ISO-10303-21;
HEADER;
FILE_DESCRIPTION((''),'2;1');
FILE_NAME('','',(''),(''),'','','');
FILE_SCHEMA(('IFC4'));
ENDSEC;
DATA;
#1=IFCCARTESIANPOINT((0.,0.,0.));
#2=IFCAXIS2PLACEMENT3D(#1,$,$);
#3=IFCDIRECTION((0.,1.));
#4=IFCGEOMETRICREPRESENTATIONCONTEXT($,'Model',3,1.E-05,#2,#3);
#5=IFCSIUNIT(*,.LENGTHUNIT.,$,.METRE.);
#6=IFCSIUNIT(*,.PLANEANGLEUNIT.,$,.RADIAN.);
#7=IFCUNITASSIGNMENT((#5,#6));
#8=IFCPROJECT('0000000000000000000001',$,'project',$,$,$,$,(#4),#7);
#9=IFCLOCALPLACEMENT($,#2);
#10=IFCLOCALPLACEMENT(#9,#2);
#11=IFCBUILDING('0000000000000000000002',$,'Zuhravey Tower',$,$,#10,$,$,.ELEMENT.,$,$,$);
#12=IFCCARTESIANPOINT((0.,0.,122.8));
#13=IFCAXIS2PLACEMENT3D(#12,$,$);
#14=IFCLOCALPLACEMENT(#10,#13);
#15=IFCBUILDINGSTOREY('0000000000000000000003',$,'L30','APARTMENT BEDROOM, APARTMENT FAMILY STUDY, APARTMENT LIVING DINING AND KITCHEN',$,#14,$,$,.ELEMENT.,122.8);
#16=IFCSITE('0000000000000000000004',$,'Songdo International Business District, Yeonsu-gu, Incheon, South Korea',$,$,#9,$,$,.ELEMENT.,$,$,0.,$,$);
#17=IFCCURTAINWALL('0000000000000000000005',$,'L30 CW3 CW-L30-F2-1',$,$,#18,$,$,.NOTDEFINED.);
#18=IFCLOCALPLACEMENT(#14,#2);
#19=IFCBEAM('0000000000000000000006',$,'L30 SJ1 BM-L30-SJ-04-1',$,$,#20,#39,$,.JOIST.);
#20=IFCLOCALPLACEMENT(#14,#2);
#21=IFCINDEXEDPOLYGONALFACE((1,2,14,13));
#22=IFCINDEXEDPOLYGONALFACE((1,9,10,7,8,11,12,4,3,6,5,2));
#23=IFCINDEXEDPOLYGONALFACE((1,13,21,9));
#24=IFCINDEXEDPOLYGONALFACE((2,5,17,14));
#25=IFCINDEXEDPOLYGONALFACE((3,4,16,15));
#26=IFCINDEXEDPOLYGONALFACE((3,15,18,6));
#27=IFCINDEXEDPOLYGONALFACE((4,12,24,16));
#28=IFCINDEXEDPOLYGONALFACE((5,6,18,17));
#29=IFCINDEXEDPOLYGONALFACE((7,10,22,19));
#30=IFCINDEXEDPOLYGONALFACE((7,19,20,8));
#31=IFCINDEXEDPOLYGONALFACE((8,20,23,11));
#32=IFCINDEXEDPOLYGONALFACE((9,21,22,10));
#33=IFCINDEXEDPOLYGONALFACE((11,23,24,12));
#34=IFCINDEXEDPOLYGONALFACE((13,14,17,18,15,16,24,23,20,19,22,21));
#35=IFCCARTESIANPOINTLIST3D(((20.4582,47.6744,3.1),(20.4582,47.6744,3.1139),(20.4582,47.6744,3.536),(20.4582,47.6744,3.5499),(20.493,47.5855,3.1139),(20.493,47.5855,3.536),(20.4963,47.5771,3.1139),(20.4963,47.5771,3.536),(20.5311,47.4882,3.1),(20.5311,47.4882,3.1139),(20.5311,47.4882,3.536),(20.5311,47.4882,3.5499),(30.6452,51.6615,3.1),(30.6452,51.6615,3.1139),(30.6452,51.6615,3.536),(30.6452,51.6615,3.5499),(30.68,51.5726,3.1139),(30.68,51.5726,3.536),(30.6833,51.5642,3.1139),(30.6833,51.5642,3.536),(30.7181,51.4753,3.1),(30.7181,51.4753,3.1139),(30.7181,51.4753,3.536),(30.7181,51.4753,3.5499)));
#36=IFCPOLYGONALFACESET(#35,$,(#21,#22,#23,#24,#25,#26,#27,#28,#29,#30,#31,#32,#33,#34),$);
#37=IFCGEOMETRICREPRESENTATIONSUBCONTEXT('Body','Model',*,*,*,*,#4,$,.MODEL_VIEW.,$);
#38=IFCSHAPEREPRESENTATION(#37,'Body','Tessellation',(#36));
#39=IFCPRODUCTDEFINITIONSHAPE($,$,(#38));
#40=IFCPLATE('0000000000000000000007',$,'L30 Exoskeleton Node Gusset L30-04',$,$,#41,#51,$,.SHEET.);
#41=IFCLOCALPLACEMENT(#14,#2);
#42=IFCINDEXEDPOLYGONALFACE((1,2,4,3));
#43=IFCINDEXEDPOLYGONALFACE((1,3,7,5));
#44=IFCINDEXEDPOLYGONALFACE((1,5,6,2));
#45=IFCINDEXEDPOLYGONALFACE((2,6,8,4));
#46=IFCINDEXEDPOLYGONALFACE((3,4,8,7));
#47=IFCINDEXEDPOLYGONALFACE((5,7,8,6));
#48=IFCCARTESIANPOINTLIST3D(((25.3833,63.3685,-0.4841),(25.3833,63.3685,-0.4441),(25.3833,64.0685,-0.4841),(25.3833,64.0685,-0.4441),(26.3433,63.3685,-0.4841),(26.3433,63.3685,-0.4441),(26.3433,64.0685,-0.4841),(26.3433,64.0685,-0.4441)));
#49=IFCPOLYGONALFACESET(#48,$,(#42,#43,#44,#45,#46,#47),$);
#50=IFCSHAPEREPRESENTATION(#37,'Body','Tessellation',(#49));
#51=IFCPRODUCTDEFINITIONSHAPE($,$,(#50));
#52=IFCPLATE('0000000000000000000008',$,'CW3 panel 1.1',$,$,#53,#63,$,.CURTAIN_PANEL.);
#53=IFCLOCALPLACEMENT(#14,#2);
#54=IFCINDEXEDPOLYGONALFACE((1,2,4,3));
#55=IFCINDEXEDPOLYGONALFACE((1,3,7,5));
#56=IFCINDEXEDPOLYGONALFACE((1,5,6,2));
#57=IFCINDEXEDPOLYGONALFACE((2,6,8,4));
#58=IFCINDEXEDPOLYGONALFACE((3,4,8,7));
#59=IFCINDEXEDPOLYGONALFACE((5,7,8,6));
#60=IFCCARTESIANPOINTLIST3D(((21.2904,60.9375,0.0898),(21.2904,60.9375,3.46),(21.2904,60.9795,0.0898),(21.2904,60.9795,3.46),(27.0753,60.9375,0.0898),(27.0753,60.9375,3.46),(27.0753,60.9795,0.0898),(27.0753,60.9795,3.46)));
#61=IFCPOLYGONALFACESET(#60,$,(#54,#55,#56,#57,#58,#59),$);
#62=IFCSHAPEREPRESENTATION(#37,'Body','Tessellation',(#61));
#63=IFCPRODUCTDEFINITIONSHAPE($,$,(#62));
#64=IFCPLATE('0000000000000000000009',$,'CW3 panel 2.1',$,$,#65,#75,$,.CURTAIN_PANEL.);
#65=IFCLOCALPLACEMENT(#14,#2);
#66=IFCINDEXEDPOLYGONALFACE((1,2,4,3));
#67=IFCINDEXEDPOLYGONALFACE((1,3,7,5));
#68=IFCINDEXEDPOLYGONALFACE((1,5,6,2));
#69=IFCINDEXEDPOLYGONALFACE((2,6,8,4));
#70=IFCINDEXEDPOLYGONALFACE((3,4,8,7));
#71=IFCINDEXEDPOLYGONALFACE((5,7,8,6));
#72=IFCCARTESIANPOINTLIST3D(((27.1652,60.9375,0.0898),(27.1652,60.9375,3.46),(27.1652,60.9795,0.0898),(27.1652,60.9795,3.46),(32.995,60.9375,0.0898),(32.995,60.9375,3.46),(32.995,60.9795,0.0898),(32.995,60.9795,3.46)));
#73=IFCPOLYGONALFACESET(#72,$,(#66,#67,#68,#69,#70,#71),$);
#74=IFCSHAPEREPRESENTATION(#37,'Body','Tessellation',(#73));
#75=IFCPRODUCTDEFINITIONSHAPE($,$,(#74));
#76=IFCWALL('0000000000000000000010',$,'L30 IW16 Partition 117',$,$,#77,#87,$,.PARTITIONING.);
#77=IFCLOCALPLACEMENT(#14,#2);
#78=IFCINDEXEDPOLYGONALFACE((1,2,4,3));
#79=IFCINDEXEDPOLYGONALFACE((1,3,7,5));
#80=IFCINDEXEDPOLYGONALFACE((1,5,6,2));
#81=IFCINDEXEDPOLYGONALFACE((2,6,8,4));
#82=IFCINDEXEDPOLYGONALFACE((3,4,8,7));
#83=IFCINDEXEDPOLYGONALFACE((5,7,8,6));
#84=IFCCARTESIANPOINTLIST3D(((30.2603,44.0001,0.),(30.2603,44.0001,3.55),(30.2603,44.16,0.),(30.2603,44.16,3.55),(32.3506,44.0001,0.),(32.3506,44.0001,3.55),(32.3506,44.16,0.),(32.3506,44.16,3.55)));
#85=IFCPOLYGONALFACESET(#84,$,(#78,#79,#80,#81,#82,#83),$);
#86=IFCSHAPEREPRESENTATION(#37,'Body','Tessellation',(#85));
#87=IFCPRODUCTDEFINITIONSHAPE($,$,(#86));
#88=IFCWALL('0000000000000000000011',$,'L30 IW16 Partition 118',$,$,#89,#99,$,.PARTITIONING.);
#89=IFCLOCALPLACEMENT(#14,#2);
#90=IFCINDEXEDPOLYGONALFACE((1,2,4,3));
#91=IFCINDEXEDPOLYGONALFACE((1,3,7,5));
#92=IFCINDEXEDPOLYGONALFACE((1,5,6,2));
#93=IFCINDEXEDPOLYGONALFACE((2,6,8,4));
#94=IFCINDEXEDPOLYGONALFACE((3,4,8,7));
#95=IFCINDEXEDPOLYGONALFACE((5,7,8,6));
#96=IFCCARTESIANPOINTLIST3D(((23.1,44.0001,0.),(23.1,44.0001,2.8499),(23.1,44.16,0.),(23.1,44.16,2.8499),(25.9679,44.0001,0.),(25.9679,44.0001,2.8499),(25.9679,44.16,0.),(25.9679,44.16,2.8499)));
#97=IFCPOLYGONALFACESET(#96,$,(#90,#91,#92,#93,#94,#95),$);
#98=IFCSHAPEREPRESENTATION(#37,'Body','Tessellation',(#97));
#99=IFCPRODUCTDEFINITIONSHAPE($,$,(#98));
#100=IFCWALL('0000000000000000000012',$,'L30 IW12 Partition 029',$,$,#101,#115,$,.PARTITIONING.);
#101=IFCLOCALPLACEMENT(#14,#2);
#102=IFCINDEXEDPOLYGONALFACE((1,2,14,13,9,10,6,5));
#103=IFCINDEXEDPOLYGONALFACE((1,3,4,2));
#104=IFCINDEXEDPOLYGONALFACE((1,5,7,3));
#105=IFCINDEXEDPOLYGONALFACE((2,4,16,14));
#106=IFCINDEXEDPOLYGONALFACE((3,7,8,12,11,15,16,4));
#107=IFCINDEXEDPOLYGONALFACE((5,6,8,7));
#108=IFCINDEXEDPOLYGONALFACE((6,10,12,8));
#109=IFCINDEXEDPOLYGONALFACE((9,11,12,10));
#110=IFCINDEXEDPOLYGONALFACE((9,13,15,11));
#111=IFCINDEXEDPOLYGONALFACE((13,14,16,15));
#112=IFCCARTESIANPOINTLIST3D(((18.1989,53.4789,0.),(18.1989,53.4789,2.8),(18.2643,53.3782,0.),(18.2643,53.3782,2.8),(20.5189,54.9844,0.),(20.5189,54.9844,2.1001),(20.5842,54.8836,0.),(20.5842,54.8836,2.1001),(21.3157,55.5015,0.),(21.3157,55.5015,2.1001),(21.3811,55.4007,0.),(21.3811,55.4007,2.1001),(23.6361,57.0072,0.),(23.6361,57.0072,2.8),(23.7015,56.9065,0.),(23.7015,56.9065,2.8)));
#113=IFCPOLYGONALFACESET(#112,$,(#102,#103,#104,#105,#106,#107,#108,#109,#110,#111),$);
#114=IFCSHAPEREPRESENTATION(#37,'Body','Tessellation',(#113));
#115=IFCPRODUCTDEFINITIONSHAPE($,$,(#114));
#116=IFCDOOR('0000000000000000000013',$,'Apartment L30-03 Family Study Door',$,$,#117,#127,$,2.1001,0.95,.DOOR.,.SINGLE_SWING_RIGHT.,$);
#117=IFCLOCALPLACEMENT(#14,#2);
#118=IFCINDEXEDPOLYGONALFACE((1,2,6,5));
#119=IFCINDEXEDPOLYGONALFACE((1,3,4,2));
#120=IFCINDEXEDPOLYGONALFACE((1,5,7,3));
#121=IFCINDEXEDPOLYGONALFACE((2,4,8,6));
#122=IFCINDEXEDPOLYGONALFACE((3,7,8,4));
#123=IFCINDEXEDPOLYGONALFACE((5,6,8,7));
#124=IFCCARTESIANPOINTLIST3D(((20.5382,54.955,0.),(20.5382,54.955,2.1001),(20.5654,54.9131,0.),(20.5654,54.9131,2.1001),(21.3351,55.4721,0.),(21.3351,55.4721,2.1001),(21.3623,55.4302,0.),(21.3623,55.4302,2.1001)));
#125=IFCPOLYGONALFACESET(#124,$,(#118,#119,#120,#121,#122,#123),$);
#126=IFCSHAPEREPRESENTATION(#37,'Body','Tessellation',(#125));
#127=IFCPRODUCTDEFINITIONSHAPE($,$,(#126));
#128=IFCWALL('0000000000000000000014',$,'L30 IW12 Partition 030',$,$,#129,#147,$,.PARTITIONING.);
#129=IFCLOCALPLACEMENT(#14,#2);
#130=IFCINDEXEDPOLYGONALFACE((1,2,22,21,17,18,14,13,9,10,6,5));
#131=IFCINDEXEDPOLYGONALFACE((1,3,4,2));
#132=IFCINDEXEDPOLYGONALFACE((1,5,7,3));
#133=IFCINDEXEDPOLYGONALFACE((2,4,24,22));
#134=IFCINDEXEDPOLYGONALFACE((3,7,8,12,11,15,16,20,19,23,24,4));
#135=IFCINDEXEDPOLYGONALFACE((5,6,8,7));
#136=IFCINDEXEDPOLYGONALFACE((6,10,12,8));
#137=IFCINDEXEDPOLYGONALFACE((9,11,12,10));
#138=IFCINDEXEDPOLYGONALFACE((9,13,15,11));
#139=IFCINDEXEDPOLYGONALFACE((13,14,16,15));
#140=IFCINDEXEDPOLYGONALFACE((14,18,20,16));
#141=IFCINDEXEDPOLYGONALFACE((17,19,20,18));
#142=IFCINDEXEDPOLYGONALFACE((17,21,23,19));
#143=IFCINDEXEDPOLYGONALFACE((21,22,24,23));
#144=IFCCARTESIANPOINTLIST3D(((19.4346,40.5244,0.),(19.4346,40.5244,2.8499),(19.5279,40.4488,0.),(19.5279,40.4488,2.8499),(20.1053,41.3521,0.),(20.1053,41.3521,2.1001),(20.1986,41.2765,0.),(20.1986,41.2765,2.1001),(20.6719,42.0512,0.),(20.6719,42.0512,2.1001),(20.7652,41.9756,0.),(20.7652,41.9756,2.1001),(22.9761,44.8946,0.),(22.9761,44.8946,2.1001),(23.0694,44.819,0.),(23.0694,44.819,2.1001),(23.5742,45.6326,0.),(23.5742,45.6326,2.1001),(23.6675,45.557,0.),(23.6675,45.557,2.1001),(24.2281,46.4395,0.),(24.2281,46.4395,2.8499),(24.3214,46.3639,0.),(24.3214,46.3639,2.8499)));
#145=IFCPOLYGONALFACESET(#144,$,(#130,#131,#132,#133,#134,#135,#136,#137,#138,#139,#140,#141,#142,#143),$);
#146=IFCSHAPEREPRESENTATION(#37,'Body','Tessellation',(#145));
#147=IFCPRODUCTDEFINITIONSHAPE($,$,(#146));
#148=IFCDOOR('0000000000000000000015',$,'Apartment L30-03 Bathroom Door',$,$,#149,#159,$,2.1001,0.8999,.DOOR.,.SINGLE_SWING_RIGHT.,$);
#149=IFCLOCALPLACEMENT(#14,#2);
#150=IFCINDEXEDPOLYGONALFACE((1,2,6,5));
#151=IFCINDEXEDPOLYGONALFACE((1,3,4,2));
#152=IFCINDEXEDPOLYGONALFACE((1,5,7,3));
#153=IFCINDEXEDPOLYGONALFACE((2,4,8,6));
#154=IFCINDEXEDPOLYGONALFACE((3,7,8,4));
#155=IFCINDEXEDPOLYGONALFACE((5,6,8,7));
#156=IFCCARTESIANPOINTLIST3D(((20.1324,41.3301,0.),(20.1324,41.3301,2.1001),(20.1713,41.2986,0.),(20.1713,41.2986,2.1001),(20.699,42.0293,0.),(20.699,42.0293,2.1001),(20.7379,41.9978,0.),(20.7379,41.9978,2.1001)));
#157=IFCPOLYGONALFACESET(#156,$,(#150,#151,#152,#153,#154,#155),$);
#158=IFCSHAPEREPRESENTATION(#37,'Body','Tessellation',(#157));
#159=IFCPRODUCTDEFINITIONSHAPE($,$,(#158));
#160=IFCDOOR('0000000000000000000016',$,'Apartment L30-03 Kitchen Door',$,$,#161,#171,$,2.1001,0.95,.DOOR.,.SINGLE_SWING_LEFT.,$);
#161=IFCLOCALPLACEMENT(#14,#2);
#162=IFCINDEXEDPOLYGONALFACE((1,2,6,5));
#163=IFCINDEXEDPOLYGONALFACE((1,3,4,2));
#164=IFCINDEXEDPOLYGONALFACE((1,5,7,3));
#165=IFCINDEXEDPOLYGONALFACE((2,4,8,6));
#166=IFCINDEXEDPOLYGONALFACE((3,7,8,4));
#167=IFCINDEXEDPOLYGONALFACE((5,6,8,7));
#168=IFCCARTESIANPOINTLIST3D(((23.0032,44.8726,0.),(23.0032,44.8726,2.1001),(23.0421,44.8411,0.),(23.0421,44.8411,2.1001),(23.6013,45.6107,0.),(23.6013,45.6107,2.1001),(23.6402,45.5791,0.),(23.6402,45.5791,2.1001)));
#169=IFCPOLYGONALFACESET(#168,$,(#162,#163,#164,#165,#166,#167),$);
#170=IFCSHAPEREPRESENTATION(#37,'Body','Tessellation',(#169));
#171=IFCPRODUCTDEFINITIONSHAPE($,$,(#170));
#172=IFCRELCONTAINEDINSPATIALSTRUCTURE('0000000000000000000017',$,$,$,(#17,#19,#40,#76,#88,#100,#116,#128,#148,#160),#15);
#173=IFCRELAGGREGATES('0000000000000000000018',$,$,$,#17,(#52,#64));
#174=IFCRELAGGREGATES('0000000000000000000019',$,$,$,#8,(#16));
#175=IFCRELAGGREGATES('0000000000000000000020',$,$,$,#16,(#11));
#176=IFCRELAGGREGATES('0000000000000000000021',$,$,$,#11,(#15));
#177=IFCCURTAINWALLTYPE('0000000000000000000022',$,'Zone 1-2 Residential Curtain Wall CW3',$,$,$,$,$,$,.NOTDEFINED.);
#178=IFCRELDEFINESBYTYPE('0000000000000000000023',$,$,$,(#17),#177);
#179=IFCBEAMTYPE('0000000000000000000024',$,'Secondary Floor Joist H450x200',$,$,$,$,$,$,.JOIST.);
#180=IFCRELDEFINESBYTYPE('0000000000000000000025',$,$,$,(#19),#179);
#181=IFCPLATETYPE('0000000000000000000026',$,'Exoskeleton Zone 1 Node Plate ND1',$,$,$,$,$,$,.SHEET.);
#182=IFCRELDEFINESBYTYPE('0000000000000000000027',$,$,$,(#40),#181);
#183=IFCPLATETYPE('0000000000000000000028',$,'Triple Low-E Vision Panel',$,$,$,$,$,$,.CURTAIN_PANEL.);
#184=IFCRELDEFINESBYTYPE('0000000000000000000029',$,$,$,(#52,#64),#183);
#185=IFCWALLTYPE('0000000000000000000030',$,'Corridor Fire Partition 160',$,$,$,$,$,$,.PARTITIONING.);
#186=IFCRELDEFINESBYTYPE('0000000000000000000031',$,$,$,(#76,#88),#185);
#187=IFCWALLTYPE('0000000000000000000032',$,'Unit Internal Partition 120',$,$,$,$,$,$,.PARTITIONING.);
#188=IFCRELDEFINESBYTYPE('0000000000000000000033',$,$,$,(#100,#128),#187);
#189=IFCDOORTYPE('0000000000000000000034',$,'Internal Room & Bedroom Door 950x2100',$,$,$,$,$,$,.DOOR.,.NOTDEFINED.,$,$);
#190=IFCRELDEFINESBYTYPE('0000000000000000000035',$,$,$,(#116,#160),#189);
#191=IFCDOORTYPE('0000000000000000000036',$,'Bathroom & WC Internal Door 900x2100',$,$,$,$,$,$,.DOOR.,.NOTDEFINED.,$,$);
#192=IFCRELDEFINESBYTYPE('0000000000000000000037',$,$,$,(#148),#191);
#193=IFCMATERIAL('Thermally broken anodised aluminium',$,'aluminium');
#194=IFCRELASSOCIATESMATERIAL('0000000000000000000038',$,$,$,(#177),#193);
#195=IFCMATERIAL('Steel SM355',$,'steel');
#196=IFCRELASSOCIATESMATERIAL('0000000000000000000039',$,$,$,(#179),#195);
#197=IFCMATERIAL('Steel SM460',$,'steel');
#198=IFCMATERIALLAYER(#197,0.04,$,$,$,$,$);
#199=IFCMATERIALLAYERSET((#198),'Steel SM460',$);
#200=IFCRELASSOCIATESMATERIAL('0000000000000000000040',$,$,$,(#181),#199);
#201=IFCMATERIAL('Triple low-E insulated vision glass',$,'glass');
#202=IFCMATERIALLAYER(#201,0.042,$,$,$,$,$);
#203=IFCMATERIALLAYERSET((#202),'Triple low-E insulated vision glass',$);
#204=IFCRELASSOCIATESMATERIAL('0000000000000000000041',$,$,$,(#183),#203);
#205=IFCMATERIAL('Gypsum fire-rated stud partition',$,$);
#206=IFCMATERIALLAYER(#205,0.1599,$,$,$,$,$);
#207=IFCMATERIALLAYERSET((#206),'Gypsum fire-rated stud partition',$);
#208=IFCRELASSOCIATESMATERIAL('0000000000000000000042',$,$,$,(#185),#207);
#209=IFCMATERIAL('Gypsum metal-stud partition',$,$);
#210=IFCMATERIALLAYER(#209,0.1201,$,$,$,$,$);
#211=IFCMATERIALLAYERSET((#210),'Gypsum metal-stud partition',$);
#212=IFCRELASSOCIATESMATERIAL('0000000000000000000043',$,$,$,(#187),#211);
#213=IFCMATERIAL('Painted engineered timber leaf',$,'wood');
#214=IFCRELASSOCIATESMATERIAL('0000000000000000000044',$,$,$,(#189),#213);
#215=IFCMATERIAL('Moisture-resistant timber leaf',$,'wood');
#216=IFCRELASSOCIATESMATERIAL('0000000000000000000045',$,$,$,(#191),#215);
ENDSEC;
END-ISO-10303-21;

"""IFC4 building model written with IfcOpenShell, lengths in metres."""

from ifc_helpers import new_model, si_unit, direction, frame, frame_2d, origin, origin_2d, place, context, subcontext, project, spatial, rectangle, i_section, extrude, material, layer, layer_set, material_profile, profile_set, type_object, element, fill, aggregate, save


model = new_model("IFC4")

# Units and contexts
model_context = context("Model", 3, precision=1e-05, world=origin(), true_north=direction((0.0, 1.0)))
body_context = subcontext(model_context, "Body", "Model", "MODEL_VIEW")
ifc_project = project(units=[si_unit("LENGTHUNIT", "METRE"), si_unit("PLANEANGLEUNIT", "RADIAN")], contexts=[model_context])

# Site, building, storey
site_placement = place(None, origin())
site = spatial("IfcSite", under=ifc_project, at=site_placement, Name="Songdo International Business District, Yeonsu-gu, Incheon, South Korea", CompositionType="ELEMENT", RefElevation=0.0)
building_placement = place(site_placement, origin())
building = spatial("IfcBuilding", under=site, at=building_placement, Name="Zuhravey Tower", CompositionType="ELEMENT")
storey_placement = place(building_placement, frame((0.0, 0.0, 122.8)))
storey = spatial("IfcBuildingStorey", under=building, at=storey_placement, Name="L30", Description="APARTMENT BEDROOM, APARTMENT FAMILY STUDY, APARTMENT LIVING DINING AND KITCHEN", CompositionType="ELEMENT", Elevation=122.8)

# Curtain wall
ifc_material_1 = material(Name="Thermally broken anodised aluminium", Category="aluminium")
curtain_wall_type = type_object("IfcCurtainWallType", Name="Zone 1-2 Residential Curtain Wall CW3", PredefinedType="NOTDEFINED", material=ifc_material_1)
curtain_wall_placement = place(storey_placement, origin())
curtain_wall = element("IfcCurtainWall", 1, at=curtain_wall_placement, inside=storey, type_object=curtain_wall_type, Name="L30 CW3 CW-L30-F2-1", PredefinedType="NOTDEFINED")

# Shared definitions
ifc_material_2 = material(Name="Steel SM460", Category="steel")

# Beam
ifc_material_3 = material(Name="Steel SM355", Category="steel")
ifc_material_profile_1 = material_profile(ifc_material_3, i_section(OverallWidth=0.2, OverallDepth=0.45, WebThickness=0.009, FlangeThickness=0.0139, at=origin_2d()), Name="H-450x200x9x14")
ifc_profile_set_1 = profile_set([ifc_material_profile_1], Name="Steel SM355")
beam_type_1 = type_object("IfcBeamType", Name="Secondary Floor Joist H450x200", PredefinedType="JOIST", material=ifc_profile_set_1)
beam_1_placement = place(storey_placement, frame((30.6816, 51.5684, 3.325), z_axis=(-0.931217, -0.364466, 0.0), x_axis=(0.364466, -0.931217, 0.0)))
element("IfcBeam", 2, at=beam_1_placement, inside=storey, type_object=beam_type_1, Name="L30 SJ1 BM-L30-SJ-04-1", PredefinedType="JOIST", context=body_context, shape_type="SweptSolid", body=[
    extrude(i_section(OverallWidth=0.2, OverallDepth=0.45, WebThickness=0.009, FlangeThickness=0.0139, at=origin_2d()), origin(), (0.0, 0.0, 1.0), 10.9395),
])

# Plates
ifc_layer_1 = layer(ifc_material_2, 0.04)
ifc_layer_set_1 = layer_set([ifc_layer_1], Name="Steel SM460")
plate_type_1 = type_object("IfcPlateType", Name="Exoskeleton Zone 1 Node Plate ND1", PredefinedType="SHEET", material=ifc_layer_set_1)
plate_1_placement = place(storey_placement, frame((25.8633, 63.7185, -0.4841), z_axis=(0.0, 0.0, 1.0), x_axis=(-1.0, 0.0, 0.0)))
element("IfcPlate", 3, at=plate_1_placement, inside=storey, type_object=plate_type_1, Name="L30 Exoskeleton Node Gusset L30-04", PredefinedType="SHEET", context=body_context, shape_type="SweptSolid", body=[
    extrude(rectangle(XDim=0.96, YDim=0.7, at=origin_2d()), origin(), (0.0, 0.0, 1.0), 0.04),
])
ifc_material_4 = material(Name="Triple low-E insulated vision glass", Category="glass")
ifc_layer_2 = layer(ifc_material_4, 0.042)
ifc_layer_set_2 = layer_set([ifc_layer_2], Name="Triple low-E insulated vision glass")
plate_type_2 = type_object("IfcPlateType", Name="Triple Low-E Vision Panel", PredefinedType="CURTAIN_PANEL", material=ifc_layer_set_2)
plate_2_placement = place(storey_placement, frame((24.1829, 60.9585, 0.0898), z_axis=(0.0, 0.0, 1.0), x_axis=(1.0, 0.0, 0.0)))
plate_2 = element("IfcPlate", 4, at=plate_2_placement, type_object=plate_type_2, Name="CW3 panel 1.1", PredefinedType="CURTAIN_PANEL", context=body_context, shape_type="SweptSolid", body=[
    extrude(rectangle(XDim=5.7849, YDim=0.042, at=origin_2d()), origin(), (0.0, 0.0, 1.0), 3.3701),
])
plate_3_placement = place(storey_placement, frame((30.0801, 60.9585, 0.0898), z_axis=(0.0, 0.0, 1.0), x_axis=(1.0, 0.0, 0.0)))
plate_3 = element("IfcPlate", 5, at=plate_3_placement, type_object=plate_type_2, Name="CW3 panel 2.1", PredefinedType="CURTAIN_PANEL", context=body_context, shape_type="SweptSolid", body=[
    extrude(rectangle(XDim=5.8298, YDim=0.042, at=origin_2d()), origin(), (0.0, 0.0, 1.0), 3.3701),
])
aggregate(curtain_wall, [plate_2, plate_3])

# Shared definitions
ifc_material_5 = material(Name="Gypsum fire-rated stud partition")
ifc_layer_3 = layer(ifc_material_5, 0.1599)
ifc_layer_set_3 = layer_set([ifc_layer_3], Name="Gypsum fire-rated stud partition")
wall_type_1 = type_object("IfcWallType", Name="Corridor Fire Partition 160", PredefinedType="PARTITIONING", material=ifc_layer_set_3)

# Walls
wall_1_placement = place(storey_placement, frame((32.3506, 44.0801, 0.0), z_axis=(0.0, 0.0, 1.0), x_axis=(-1.0, 0.0, 0.0)))
element("IfcWall", 6, at=wall_1_placement, inside=storey, type_object=wall_type_1, Name="L30 IW16 Partition 117", PredefinedType="PARTITIONING", context=body_context, shape_type="SweptSolid", body=[
    extrude(rectangle(XDim=2.0903, YDim=0.1599, at=frame_2d((1.0452, 0.0))), origin(), (0.0, 0.0, 1.0), 3.55),
])
wall_2_placement = place(storey_placement, frame((25.968, 44.0801, 0.0), z_axis=(0.0, 0.0, 1.0), x_axis=(-1.0, 0.0, 0.0)))
element("IfcWall", 7, at=wall_2_placement, inside=storey, type_object=wall_type_1, Name="L30 IW16 Partition 118", PredefinedType="PARTITIONING", context=body_context, shape_type="SweptSolid", body=[
    extrude(rectangle(XDim=2.8679, YDim=0.1599, at=frame_2d((1.4341, 0.0))), origin(), (0.0, 0.0, 1.0), 2.8499),
])

# Wall, opening, door
ifc_material_6 = material(Name="Gypsum metal-stud partition")
ifc_layer_4 = layer(ifc_material_6, 0.1201)
ifc_layer_set_4 = layer_set([ifc_layer_4], Name="Gypsum metal-stud partition")
wall_type_2 = type_object("IfcWallType", Name="Unit Internal Partition 120", PredefinedType="PARTITIONING", material=ifc_layer_set_4)
wall_3_placement = place(storey_placement, frame((23.6687, 56.9568, 0.0), z_axis=(0.0, 0.0, 1.0), x_axis=(-0.838859, -0.544349, 0.0)))
wall_3 = element("IfcWall", 8, at=wall_3_placement, inside=storey, type_object=wall_type_2, Name="L30 IW12 Partition 029", PredefinedType="PARTITIONING", context=body_context, shape_type="SweptSolid", body=[
    extrude(rectangle(XDim=6.4817, YDim=0.1201, at=frame_2d((3.2407, 0.0))), origin(), (0.0, 0.0, 1.0), 2.8),
])
opening_1_placement = place(wall_3_placement, frame((2.7659, 0.0, 0.0)))
opening_1 = element("IfcOpeningElement", 9, at=opening_1_placement, cuts=wall_3, PredefinedType="OPENING", context=body_context, shape_type="SweptSolid", body=[
    extrude(rectangle(XDim=0.95, YDim=2.1001, at=frame_2d((0.4751, 1.05))), frame((0.0, 0.072, 0.0), z_axis=(0.0, -1.0, 0.0), x_axis=(1.0, 0.0, 0.0)), (0.0, 0.0, 1.0), 0.144),
])
ifc_material_7 = material(Name="Painted engineered timber leaf", Category="wood")
door_type_1 = type_object("IfcDoorType", Name="Internal Room & Bedroom Door 950x2100", OperationType="NOTDEFINED", PredefinedType="DOOR", material=ifc_material_7)
door_1_placement = place(opening_1_placement, frame((0.95, 0.0, 0.0), z_axis=(0.0, 0.0, 1.0), x_axis=(-1.0, 0.0, 0.0)))
door_1 = element("IfcDoor", 10, at=door_1_placement, inside=storey, type_object=door_type_1, Name="Apartment L30-03 Family Study Door", OperationType="SINGLE_SWING_RIGHT", OverallHeight=2.1001, OverallWidth=0.95, PredefinedType="DOOR", context=body_context, shape_type="SweptSolid", body=[
    extrude(rectangle(XDim=0.95, YDim=2.1001, at=frame_2d((0.4751, 1.05))), frame((0.0, 0.0249, 0.0), z_axis=(0.0, -1.0, 0.0), x_axis=(1.0, 0.0, 0.0)), (0.0, 0.0, 1.0), 0.05),
])
fill(opening_1, door_1)

# Wall, openings, doors
wall_4_placement = place(storey_placement, frame((24.2747, 46.4016, 0.0), z_axis=(0.0, 0.0, 1.0), x_axis=(-0.629602, -0.776918, 0.0)))
wall_4 = element("IfcWall", 11, at=wall_4_placement, inside=storey, type_object=wall_type_2, Name="L30 IW12 Partition 030", PredefinedType="PARTITIONING", context=body_context, shape_type="SweptSolid", body=[
    extrude(rectangle(XDim=7.6135, YDim=0.1201, at=frame_2d((3.8066, 0.0))), origin(), (0.0, 0.0, 1.0), 2.8499),
])
opening_2_placement = place(wall_4_placement, frame((1.0383, 0.0, 0.0)))
opening_2 = element("IfcOpeningElement", 12, at=opening_2_placement, cuts=wall_4, PredefinedType="OPENING", context=body_context, shape_type="SweptSolid", body=[
    extrude(rectangle(XDim=0.95, YDim=2.1001, at=frame_2d((0.4751, 1.05))), frame((0.0, 0.072, 0.0), z_axis=(0.0, -1.0, 0.0), x_axis=(1.0, 0.0, 0.0)), (0.0, 0.0, 1.0), 0.144),
])
opening_3_placement = place(wall_4_placement, frame((5.6482, 0.0, 0.0)))
opening_3 = element("IfcOpeningElement", 13, at=opening_3_placement, cuts=wall_4, PredefinedType="OPENING", context=body_context, shape_type="SweptSolid", body=[
    extrude(rectangle(XDim=0.8999, YDim=2.1001, at=frame_2d((0.45, 1.05))), frame((0.0, 0.072, 0.0), z_axis=(0.0, -1.0, 0.0), x_axis=(1.0, 0.0, 0.0)), (0.0, 0.0, 1.0), 0.144),
])
ifc_material_8 = material(Name="Moisture-resistant timber leaf", Category="wood")
door_type_2 = type_object("IfcDoorType", Name="Bathroom & WC Internal Door 900x2100", OperationType="NOTDEFINED", PredefinedType="DOOR", material=ifc_material_8)
door_2_placement = place(opening_3_placement, origin())
door_2 = element("IfcDoor", 14, at=door_2_placement, inside=storey, type_object=door_type_2, Name="Apartment L30-03 Bathroom Door", OperationType="SINGLE_SWING_RIGHT", OverallHeight=2.1001, OverallWidth=0.8999, PredefinedType="DOOR", context=body_context, shape_type="SweptSolid", body=[
    extrude(rectangle(XDim=0.8999, YDim=2.1001, at=frame_2d((0.45, 1.05))), frame((0.0, 0.0249, 0.0), z_axis=(0.0, -1.0, 0.0), x_axis=(1.0, 0.0, 0.0)), (0.0, 0.0, 1.0), 0.05),
])
fill(opening_3, door_2)
door_3_placement = place(opening_2_placement, origin())
door_3 = element("IfcDoor", 15, at=door_3_placement, inside=storey, type_object=door_type_1, Name="Apartment L30-03 Kitchen Door", OperationType="SINGLE_SWING_LEFT", OverallHeight=2.1001, OverallWidth=0.95, PredefinedType="DOOR", context=body_context, shape_type="SweptSolid", body=[
    extrude(rectangle(XDim=0.95, YDim=2.1001, at=frame_2d((0.4751, 1.05))), frame((0.0, 0.0249, 0.0), z_axis=(0.0, -1.0, 0.0), x_axis=(1.0, 0.0, 0.0)), (0.0, 0.0, 1.0), 0.05),
])
fill(opening_2, door_3)

save(model, "model.ifc")
